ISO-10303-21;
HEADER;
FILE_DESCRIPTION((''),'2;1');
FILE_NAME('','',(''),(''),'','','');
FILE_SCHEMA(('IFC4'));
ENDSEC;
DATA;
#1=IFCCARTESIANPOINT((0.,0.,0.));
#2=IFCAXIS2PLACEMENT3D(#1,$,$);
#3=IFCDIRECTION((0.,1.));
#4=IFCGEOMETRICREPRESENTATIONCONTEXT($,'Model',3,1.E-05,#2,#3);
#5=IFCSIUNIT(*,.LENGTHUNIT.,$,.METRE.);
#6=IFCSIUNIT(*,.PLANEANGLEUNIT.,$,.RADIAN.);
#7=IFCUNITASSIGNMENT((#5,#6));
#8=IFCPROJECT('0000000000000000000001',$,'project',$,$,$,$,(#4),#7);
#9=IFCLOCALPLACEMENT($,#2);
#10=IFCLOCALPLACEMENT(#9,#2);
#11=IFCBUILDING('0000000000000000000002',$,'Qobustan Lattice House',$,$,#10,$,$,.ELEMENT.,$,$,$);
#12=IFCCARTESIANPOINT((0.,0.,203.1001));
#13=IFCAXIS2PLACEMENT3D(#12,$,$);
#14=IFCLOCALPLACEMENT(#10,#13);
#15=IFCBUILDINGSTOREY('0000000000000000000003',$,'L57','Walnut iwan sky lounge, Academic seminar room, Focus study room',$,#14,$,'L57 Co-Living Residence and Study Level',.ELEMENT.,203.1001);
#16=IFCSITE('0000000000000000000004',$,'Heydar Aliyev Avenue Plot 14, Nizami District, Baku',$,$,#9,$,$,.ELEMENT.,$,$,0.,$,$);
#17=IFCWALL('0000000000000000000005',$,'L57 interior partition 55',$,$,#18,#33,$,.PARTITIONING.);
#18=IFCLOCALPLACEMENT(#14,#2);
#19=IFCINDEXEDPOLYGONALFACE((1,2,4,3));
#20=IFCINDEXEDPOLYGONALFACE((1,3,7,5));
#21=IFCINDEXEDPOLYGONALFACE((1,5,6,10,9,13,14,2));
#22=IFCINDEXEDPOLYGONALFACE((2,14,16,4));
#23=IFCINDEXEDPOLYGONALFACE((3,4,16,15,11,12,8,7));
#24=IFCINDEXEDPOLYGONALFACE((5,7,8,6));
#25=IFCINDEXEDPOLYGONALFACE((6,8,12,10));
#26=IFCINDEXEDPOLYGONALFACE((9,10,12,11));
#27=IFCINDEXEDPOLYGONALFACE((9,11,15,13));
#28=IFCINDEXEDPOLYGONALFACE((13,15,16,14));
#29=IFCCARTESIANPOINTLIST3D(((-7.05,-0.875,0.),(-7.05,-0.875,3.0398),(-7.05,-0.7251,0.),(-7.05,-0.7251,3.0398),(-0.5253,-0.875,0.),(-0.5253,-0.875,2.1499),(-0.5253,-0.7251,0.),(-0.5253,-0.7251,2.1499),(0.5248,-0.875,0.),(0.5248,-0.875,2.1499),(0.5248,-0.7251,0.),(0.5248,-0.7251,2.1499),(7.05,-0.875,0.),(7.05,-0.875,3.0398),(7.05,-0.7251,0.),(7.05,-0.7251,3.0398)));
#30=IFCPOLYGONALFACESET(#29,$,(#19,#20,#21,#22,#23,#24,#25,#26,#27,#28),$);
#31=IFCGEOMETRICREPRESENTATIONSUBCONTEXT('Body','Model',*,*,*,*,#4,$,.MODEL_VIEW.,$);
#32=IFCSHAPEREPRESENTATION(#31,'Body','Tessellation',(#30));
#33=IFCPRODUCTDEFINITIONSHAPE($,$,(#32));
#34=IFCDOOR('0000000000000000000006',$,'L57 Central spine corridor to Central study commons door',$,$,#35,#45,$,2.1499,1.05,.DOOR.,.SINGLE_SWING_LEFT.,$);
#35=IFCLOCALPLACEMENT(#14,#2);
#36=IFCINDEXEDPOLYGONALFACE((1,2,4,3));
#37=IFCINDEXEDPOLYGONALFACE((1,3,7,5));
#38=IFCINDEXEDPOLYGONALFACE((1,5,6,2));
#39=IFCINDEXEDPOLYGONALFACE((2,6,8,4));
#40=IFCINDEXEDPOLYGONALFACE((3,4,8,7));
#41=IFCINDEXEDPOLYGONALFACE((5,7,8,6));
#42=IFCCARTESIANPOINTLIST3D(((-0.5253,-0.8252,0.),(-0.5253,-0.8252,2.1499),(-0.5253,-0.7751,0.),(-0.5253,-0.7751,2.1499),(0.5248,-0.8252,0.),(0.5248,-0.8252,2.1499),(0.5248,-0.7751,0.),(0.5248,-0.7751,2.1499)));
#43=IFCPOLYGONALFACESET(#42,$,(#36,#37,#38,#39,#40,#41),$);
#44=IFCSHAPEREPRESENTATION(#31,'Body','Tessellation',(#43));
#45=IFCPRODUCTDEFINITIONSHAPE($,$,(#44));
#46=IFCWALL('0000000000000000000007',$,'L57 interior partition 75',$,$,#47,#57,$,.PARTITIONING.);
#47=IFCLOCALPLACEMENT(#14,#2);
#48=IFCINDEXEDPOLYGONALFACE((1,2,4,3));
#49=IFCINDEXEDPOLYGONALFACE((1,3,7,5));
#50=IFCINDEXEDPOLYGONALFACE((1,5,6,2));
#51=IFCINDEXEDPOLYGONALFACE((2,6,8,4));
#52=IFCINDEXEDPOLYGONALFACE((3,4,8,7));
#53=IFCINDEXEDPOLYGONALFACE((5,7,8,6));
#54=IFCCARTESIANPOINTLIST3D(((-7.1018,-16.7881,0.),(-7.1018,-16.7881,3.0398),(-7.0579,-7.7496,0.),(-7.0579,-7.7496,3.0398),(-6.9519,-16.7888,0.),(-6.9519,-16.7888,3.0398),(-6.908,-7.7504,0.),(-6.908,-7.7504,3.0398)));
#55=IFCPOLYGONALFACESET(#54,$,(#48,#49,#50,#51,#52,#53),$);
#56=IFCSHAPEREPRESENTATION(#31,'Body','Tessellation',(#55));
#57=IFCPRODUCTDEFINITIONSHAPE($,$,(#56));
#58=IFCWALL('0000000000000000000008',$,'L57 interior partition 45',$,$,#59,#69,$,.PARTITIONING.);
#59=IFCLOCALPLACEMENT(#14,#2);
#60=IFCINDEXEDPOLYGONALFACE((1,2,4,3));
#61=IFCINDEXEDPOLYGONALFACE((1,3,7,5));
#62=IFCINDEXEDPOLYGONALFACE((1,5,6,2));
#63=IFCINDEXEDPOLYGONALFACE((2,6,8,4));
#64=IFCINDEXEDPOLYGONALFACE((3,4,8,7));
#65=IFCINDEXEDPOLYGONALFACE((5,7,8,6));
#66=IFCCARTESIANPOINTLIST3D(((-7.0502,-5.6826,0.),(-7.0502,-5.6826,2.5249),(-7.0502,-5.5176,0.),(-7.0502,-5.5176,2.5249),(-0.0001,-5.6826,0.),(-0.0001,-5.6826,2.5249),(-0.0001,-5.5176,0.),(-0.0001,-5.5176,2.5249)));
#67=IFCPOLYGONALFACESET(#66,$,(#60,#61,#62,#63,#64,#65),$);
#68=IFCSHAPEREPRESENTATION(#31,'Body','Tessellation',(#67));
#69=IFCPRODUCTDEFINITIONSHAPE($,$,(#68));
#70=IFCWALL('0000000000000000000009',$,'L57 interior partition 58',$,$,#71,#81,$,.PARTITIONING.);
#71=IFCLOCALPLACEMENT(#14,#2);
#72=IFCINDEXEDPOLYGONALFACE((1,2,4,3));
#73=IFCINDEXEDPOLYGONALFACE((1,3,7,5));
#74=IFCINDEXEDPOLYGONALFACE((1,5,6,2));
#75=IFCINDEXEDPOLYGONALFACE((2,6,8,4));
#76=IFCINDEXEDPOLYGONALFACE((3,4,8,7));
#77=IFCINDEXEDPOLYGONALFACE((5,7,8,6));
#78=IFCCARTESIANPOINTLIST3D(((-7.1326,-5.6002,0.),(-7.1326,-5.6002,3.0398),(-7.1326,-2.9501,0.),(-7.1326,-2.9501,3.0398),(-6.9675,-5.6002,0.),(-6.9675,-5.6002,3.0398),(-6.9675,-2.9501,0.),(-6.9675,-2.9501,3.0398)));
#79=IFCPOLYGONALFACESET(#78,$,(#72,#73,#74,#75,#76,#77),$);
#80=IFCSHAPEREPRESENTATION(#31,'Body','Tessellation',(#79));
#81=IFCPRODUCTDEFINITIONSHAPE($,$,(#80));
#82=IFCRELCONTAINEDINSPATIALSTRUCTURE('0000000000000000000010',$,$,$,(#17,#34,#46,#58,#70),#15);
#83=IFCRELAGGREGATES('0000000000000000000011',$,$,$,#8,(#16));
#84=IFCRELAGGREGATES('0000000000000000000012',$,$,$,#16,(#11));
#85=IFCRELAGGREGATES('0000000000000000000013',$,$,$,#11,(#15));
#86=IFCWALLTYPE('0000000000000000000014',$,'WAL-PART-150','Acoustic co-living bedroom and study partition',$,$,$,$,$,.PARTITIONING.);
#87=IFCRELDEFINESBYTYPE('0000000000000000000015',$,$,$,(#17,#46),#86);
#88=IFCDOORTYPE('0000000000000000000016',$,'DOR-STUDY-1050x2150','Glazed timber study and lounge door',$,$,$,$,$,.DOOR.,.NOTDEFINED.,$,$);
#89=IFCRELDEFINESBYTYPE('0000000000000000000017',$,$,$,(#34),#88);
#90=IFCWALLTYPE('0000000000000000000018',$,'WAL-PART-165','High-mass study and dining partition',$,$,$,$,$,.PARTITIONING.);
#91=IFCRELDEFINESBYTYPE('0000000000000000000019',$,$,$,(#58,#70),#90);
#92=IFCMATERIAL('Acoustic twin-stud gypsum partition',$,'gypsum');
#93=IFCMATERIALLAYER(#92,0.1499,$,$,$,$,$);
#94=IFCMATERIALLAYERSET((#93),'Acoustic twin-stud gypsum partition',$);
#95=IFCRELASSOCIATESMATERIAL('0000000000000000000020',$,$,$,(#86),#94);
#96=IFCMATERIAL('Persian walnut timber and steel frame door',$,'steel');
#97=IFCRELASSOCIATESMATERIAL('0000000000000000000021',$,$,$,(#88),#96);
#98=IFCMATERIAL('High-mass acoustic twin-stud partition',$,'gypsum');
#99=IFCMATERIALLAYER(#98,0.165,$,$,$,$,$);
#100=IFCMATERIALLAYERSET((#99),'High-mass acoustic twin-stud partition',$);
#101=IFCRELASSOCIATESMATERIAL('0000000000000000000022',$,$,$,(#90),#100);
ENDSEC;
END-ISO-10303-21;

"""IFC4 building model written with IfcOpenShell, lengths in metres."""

from ifc_helpers import new_model, si_unit, direction, frame, frame_2d, origin, place, context, subcontext, project, spatial, rectangle, extrude, material, layer, layer_set, type_object, element, fill, save


model = new_model("IFC4")

# Units and contexts
model_context = context("Model", 3, precision=1e-05, world=origin(), true_north=direction((0.0, 1.0)))
body_context = subcontext(model_context, "Body", "Model", "MODEL_VIEW")
ifc_project = project(units=[si_unit("LENGTHUNIT", "METRE"), si_unit("PLANEANGLEUNIT", "RADIAN")], contexts=[model_context])

# Site, building, storey
site_placement = place(None, origin())
site = spatial("IfcSite", under=ifc_project, at=site_placement, Name="Heydar Aliyev Avenue Plot 14, Nizami District, Baku", CompositionType="ELEMENT", RefElevation=0.0)
building_placement = place(site_placement, origin())
building = spatial("IfcBuilding", under=site, at=building_placement, Name="Qobustan Lattice House", CompositionType="ELEMENT")
storey_placement = place(building_placement, frame((0.0, 0.0, 203.1001)))
storey = spatial("IfcBuildingStorey", under=building, at=storey_placement, Name="L57", Description="Walnut iwan sky lounge, Academic seminar room, Focus study room", LongName="L57 Co-Living Residence and Study Level", CompositionType="ELEMENT", Elevation=203.1001)

# Wall, opening, door
ifc_material_1 = material(Name="Acoustic twin-stud gypsum partition", Category="gypsum")
ifc_layer_1 = layer(ifc_material_1, 0.1499)
ifc_layer_set_1 = layer_set([ifc_layer_1], Name="Acoustic twin-stud gypsum partition")
wall_type_1 = type_object("IfcWallType", Name="WAL-PART-150", Description="Acoustic co-living bedroom and study partition", PredefinedType="PARTITIONING", material=ifc_layer_set_1)
ifc_material_2 = material(Name="Persian walnut timber and steel frame door", Category="steel")
door_type_1 = type_object("IfcDoorType", Name="DOR-STUDY-1050x2150", Description="Glazed timber study and lounge door", OperationType="NOTDEFINED", PredefinedType="DOOR", material=ifc_material_2)
wall_1_placement = place(storey_placement, frame((-7.05, -0.8, 0.0), z_axis=(0.0, 0.0, 1.0), x_axis=(1.0, 0.0, 0.0)))
wall_1 = element("IfcWall", 1, at=wall_1_placement, inside=storey, type_object=wall_type_1, Name="L57 interior partition 55", PredefinedType="PARTITIONING", context=body_context, shape_type="SweptSolid", body=[
    extrude(rectangle(XDim=14.1001, YDim=0.1499, at=frame_2d((7.05, 0.0))), origin(), (0.0, 0.0, 1.0), 3.0398),
])
opening_1_placement = place(wall_1_placement, frame((6.5249, 0.0, 0.0)))
opening_1 = element("IfcOpeningElement", 2, at=opening_1_placement, cuts=wall_1, PredefinedType="OPENING", context=body_context, shape_type="SweptSolid", body=[
    extrude(rectangle(XDim=1.05, YDim=2.1499, at=frame_2d((0.5249, 1.075))), frame((0.0, 0.085, 0.0), z_axis=(0.0, -1.0, 0.0), x_axis=(1.0, 0.0, 0.0)), (0.0, 0.0, 1.0), 0.1699),
])
door_1_placement = place(opening_1_placement, origin())
door_1 = element("IfcDoor", 3, at=door_1_placement, inside=storey, type_object=door_type_1, Name="L57 Central spine corridor to Central study commons door", OperationType="SINGLE_SWING_LEFT", OverallHeight=2.1499, OverallWidth=1.05, PredefinedType="DOOR", context=body_context, shape_type="SweptSolid", body=[
    extrude(rectangle(XDim=1.05, YDim=2.1499, at=frame_2d((0.5249, 1.075))), frame((0.0, 0.0249, 0.0), z_axis=(0.0, -1.0, 0.0), x_axis=(1.0, 0.0, 0.0)), (0.0, 0.0, 1.0), 0.05),
])
fill(opening_1, door_1)

# Walls
wall_2_placement = place(storey_placement, frame((-6.9829, -7.75, 0.0), z_axis=(0.0, 0.0, 1.0), x_axis=(-0.004862, -0.999988, 0.0)))
element("IfcWall", 4, at=wall_2_placement, inside=storey, type_object=wall_type_1, Name="L57 interior partition 75", PredefinedType="PARTITIONING", context=body_context, shape_type="SweptSolid", body=[
    extrude(rectangle(XDim=9.0386, YDim=0.1499, at=frame_2d((4.5193, 0.0))), origin(), (0.0, 0.0, 1.0), 3.0398),
])
ifc_material_3 = material(Name="High-mass acoustic twin-stud partition", Category="gypsum")
ifc_layer_2 = layer(ifc_material_3, 0.165)
ifc_layer_set_2 = layer_set([ifc_layer_2], Name="High-mass acoustic twin-stud partition")
wall_type_2 = type_object("IfcWallType", Name="WAL-PART-165", Description="High-mass study and dining partition", PredefinedType="PARTITIONING", material=ifc_layer_set_2)
wall_3_placement = place(storey_placement, frame((-7.05, -5.6001, 0.0), z_axis=(0.0, 0.0, 1.0), x_axis=(1.0, 0.0, 0.0)))
element("IfcWall", 5, at=wall_3_placement, inside=storey, type_object=wall_type_2, Name="L57 interior partition 45", PredefinedType="PARTITIONING", context=body_context, shape_type="SweptSolid", body=[
    extrude(rectangle(XDim=7.05, YDim=0.165, at=frame_2d((3.5249, 0.0))), origin(), (0.0, 0.0, 1.0), 2.5249),
])
wall_4_placement = place(storey_placement, frame((-7.05, -2.95, 0.0), z_axis=(0.0, 0.0, 1.0), x_axis=(0.0, -1.0, 0.0)))
element("IfcWall", 6, at=wall_4_placement, inside=storey, type_object=wall_type_2, Name="L57 interior partition 58", PredefinedType="PARTITIONING", context=body_context, shape_type="SweptSolid", body=[
    extrude(rectangle(XDim=2.6501, YDim=0.165, at=frame_2d((1.3252, 0.0))), origin(), (0.0, 0.0, 1.0), 3.0398),
])

save(model, "model.ifc")
